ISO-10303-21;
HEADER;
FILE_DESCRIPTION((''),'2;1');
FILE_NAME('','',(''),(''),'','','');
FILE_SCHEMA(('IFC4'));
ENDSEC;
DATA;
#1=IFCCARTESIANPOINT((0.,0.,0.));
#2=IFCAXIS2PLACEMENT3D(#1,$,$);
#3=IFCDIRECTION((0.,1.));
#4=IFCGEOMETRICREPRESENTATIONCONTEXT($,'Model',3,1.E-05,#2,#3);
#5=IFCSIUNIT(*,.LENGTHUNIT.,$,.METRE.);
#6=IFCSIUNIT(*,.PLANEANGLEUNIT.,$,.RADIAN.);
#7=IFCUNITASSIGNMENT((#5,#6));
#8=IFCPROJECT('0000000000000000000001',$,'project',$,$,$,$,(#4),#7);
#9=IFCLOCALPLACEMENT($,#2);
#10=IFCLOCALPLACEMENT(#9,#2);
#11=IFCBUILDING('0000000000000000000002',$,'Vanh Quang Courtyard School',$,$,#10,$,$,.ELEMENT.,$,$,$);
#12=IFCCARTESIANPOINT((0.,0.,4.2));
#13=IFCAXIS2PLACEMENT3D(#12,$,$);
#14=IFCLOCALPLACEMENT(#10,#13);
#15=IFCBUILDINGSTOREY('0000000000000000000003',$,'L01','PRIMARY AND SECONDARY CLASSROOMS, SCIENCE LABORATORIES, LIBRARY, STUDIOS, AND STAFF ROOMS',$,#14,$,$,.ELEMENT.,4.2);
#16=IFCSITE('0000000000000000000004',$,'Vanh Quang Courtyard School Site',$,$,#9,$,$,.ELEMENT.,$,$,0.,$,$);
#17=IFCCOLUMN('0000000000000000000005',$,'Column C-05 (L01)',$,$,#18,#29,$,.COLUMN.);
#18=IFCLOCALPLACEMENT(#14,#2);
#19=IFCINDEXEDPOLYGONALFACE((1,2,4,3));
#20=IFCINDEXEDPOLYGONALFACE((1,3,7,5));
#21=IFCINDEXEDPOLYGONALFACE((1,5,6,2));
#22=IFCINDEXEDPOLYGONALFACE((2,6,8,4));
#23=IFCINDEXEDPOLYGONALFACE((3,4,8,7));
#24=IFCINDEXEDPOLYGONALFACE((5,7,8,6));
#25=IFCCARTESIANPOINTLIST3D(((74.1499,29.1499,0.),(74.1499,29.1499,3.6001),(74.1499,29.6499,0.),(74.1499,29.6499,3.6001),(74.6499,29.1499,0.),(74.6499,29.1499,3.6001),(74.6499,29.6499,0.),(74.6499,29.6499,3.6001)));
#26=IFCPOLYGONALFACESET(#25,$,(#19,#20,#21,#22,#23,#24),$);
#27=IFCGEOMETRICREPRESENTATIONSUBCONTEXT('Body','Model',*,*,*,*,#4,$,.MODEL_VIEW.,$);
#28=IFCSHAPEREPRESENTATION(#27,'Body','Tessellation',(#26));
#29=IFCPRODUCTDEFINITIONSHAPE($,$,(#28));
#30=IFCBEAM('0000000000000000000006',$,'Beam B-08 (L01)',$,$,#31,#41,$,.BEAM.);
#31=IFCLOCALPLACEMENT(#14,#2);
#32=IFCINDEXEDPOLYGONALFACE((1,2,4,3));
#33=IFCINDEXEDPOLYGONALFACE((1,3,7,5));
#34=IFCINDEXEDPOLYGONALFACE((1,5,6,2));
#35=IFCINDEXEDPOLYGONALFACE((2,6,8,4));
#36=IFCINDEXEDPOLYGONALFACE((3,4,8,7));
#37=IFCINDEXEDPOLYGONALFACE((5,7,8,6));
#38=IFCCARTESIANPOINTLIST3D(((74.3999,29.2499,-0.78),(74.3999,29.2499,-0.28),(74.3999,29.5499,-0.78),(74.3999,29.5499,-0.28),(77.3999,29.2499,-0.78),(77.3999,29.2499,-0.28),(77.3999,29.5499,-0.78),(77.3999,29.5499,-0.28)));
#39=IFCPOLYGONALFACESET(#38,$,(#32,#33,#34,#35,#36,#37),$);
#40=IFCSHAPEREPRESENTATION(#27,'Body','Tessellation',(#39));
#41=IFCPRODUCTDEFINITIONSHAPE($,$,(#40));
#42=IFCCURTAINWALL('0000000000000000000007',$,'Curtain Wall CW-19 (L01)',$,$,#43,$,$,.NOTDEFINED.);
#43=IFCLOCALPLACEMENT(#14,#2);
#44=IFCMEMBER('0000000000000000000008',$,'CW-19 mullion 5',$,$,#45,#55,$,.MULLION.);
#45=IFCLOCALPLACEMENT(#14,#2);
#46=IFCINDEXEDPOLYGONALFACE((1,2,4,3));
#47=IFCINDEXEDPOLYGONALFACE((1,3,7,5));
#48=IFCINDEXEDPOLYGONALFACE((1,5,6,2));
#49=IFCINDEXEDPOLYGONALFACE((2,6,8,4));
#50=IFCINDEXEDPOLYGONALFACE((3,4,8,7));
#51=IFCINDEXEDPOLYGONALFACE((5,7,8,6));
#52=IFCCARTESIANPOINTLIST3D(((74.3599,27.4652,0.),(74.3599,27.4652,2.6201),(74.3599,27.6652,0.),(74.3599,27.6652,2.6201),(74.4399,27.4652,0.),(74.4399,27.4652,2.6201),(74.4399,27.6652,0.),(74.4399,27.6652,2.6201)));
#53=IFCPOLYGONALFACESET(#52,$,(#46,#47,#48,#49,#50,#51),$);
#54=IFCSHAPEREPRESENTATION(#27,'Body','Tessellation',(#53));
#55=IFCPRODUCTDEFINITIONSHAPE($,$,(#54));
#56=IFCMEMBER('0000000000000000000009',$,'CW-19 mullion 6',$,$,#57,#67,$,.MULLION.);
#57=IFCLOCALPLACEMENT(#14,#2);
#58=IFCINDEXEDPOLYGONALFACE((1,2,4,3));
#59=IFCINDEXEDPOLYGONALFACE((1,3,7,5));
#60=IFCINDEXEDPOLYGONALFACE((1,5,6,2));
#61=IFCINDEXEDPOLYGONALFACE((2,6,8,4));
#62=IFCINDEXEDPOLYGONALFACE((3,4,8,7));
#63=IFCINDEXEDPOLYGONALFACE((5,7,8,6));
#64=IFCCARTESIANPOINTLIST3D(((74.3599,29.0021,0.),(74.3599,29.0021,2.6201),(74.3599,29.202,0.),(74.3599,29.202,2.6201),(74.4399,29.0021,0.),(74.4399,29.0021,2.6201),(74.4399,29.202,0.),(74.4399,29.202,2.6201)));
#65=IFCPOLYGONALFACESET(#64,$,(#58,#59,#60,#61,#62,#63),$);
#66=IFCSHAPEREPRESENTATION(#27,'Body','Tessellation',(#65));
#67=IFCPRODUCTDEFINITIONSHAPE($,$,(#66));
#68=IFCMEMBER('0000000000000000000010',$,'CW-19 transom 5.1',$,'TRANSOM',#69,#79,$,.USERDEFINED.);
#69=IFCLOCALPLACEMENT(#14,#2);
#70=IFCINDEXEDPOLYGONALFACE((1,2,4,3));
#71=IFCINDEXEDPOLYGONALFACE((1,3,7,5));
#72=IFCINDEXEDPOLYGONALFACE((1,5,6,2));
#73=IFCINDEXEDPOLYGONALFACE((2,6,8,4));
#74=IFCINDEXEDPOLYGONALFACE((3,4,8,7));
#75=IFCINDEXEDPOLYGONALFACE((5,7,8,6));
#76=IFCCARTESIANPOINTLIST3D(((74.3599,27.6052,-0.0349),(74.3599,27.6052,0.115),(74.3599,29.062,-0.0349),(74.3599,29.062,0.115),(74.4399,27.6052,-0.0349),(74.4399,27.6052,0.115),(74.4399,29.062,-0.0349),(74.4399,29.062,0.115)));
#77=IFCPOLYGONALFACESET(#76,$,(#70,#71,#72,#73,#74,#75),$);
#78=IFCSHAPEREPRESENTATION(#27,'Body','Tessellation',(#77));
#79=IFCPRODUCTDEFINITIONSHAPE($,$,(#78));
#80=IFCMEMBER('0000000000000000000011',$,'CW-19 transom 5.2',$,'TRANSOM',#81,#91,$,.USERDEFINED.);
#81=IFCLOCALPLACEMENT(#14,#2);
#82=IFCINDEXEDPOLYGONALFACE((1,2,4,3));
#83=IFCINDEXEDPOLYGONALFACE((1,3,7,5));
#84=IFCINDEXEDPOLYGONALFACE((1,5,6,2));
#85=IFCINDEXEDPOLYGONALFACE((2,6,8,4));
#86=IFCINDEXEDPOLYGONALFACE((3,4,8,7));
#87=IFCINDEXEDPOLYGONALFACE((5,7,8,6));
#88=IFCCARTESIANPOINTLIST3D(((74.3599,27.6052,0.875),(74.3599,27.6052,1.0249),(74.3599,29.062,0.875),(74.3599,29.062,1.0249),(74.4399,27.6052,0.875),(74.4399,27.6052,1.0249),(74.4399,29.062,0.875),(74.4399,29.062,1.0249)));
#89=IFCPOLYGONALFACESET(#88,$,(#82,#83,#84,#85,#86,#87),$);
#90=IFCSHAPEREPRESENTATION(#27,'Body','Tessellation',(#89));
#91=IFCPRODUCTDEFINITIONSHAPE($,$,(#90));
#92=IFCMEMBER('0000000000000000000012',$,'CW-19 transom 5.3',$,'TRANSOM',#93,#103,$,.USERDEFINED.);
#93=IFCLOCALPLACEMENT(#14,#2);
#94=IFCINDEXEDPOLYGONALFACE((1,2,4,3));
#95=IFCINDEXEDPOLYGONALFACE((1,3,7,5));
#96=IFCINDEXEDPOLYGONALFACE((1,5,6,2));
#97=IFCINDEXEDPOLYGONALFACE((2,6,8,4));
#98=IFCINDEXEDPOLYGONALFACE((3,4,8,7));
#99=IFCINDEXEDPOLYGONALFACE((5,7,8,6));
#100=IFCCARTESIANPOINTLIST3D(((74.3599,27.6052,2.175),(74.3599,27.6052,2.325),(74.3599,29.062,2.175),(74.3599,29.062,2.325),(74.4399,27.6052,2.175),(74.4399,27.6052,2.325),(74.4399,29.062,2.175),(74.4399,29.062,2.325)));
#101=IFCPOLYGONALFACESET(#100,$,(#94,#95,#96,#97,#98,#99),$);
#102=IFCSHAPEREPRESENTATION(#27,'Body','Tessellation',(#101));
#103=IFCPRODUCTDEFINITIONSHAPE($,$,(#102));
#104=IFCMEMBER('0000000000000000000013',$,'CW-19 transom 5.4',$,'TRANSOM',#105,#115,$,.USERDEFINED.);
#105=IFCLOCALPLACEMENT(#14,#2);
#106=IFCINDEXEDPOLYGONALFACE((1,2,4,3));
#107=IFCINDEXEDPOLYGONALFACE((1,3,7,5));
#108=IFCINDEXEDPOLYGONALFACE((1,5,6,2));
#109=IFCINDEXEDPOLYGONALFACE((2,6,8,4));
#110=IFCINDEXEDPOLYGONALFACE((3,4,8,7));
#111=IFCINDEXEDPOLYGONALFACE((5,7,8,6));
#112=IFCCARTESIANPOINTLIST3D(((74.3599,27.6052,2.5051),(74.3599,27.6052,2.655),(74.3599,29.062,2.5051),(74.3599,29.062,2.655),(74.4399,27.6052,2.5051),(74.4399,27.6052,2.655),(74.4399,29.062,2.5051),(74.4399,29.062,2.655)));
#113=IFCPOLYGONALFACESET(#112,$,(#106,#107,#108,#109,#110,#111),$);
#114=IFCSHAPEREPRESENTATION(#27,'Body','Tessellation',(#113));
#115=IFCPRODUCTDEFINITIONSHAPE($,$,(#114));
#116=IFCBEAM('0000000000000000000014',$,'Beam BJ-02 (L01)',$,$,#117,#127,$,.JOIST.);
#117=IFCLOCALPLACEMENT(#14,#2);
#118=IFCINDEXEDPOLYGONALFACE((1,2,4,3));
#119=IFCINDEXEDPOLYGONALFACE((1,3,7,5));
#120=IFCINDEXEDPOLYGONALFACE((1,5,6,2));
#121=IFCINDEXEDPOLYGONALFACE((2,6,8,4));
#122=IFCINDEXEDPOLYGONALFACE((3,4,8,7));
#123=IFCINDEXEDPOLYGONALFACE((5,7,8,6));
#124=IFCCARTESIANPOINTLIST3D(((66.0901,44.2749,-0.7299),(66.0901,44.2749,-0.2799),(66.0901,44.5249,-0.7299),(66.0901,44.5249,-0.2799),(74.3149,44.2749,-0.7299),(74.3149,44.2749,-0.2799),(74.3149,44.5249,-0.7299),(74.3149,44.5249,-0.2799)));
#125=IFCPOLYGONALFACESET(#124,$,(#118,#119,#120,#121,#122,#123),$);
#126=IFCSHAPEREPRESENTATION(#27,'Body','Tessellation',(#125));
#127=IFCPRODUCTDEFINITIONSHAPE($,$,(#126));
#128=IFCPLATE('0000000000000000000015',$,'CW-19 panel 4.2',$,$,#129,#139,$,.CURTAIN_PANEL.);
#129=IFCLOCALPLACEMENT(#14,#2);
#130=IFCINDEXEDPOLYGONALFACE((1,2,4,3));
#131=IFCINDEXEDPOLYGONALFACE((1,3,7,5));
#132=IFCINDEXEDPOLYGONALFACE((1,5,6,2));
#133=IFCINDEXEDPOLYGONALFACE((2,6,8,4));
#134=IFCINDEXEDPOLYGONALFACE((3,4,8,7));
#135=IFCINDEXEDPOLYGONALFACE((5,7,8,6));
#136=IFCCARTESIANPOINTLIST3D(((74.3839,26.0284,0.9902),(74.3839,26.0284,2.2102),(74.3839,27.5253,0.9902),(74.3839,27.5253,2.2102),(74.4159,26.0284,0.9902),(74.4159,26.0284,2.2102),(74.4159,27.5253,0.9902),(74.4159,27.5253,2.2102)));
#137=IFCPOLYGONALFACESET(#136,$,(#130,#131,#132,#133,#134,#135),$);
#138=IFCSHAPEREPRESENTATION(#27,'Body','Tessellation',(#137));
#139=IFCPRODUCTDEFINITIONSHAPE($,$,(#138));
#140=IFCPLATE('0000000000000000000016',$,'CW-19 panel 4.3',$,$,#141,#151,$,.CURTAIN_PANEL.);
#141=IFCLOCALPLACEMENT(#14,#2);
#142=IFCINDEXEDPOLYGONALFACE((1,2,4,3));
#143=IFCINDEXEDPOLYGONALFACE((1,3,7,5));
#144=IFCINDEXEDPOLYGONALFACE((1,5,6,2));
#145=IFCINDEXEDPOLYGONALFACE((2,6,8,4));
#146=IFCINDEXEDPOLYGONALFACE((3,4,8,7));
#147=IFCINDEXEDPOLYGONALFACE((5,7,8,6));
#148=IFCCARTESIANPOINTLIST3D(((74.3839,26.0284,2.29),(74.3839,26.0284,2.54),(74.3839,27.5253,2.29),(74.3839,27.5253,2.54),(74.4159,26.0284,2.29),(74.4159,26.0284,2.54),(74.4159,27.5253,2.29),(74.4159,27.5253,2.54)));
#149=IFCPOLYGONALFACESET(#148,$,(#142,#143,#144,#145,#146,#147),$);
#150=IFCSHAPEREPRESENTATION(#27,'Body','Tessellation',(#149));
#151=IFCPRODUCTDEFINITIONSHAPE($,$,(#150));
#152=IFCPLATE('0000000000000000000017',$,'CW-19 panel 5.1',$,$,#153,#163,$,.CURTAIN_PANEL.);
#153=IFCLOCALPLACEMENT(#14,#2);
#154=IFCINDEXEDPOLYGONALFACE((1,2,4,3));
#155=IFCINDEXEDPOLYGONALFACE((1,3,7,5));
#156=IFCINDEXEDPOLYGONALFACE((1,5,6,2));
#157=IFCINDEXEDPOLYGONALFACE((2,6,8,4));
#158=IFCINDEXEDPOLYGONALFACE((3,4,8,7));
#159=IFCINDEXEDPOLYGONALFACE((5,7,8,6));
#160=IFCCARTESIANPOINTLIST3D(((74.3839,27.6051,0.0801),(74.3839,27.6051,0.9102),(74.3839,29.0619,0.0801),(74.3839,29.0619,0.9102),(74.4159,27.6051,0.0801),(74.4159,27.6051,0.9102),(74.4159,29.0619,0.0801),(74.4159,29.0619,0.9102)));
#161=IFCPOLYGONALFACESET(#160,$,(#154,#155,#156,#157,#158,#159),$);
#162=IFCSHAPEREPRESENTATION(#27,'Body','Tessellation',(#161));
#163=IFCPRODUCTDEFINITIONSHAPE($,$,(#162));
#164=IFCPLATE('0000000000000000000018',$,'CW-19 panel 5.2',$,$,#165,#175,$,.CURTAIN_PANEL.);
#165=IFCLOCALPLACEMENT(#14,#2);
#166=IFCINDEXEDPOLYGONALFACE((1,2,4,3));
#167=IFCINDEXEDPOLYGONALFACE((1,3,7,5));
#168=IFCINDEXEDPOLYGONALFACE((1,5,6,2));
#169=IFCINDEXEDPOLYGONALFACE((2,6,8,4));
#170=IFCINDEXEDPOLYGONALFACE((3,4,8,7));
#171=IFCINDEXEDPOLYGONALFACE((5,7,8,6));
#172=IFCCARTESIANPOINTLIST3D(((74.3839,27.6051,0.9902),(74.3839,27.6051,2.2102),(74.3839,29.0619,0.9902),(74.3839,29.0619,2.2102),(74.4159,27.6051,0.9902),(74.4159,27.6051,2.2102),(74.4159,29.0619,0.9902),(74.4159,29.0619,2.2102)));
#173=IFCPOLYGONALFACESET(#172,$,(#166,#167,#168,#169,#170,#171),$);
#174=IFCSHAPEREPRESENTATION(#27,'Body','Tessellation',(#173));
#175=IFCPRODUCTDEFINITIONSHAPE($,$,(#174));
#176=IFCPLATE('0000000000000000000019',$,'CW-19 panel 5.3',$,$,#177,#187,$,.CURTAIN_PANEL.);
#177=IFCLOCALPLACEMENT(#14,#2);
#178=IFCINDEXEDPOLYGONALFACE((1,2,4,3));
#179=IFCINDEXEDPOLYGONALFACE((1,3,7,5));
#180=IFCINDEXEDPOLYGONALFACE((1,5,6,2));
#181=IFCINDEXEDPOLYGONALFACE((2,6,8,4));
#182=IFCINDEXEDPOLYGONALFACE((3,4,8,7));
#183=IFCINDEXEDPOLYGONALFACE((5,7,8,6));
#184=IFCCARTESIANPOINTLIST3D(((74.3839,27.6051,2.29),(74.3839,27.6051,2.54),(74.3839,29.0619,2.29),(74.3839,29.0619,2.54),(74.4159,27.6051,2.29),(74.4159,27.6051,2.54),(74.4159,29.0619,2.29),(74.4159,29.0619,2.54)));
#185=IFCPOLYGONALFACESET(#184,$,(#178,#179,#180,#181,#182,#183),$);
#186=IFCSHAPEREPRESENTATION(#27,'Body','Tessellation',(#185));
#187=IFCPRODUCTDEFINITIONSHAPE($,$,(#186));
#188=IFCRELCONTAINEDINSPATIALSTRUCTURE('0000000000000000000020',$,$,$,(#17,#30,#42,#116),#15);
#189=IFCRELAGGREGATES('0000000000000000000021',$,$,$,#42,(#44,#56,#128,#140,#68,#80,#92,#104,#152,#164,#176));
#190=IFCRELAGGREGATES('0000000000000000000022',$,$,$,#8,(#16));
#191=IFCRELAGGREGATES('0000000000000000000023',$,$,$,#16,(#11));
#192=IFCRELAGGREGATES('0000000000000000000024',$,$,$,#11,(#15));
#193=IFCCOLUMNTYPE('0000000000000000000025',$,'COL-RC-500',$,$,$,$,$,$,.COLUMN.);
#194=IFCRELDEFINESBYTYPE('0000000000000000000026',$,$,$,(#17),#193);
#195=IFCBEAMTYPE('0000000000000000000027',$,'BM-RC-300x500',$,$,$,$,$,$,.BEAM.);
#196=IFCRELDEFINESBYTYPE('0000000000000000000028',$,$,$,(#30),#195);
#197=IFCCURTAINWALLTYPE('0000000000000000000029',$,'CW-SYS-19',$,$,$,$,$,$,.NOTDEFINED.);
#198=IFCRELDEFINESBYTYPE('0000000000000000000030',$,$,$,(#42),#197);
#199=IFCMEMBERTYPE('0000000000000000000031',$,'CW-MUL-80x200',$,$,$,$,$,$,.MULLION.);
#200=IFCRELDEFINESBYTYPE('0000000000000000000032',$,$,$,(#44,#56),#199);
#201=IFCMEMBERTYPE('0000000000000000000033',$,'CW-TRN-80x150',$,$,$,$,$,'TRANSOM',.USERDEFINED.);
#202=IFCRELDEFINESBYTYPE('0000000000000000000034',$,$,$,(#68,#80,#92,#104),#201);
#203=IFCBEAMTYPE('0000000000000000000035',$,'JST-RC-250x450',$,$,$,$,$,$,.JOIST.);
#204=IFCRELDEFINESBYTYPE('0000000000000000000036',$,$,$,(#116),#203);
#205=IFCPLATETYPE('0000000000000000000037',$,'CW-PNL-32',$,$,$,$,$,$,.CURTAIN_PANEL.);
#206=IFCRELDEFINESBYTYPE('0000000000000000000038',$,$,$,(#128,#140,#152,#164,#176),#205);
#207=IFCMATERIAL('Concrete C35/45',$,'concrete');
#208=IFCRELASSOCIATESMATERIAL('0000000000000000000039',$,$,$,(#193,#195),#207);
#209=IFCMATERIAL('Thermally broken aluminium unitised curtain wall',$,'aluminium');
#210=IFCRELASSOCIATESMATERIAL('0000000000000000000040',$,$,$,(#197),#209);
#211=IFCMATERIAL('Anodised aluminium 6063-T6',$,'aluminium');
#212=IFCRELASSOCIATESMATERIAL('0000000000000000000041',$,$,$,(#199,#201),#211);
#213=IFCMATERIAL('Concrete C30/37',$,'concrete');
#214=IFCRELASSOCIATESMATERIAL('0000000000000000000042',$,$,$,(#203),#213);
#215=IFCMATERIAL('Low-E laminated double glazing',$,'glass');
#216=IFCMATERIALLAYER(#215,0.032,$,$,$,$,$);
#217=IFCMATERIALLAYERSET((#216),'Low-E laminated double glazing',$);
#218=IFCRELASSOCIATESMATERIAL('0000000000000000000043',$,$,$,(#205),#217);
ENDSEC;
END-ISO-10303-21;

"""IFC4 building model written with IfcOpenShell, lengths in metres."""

from ifc_helpers import new_model, si_unit, direction, frame, origin, origin_2d, place, context, subcontext, project, spatial, rectangle, extrude, material, layer, layer_set, material_profile, profile_set, type_object, element, aggregate, save


model = new_model("IFC4")

# Units and contexts
model_context = context("Model", 3, precision=1e-05, world=origin(), true_north=direction((0.0, 1.0)))
body_context = subcontext(model_context, "Body", "Model", "MODEL_VIEW")
ifc_project = project(units=[si_unit("LENGTHUNIT", "METRE"), si_unit("PLANEANGLEUNIT", "RADIAN")], contexts=[model_context])

# Site, building, storey
site_placement = place(None, origin())
site = spatial("IfcSite", under=ifc_project, at=site_placement, Name="Vanh Quang Courtyard School Site", CompositionType="ELEMENT", RefElevation=0.0)
building_placement = place(site_placement, origin())
building = spatial("IfcBuilding", under=site, at=building_placement, Name="Vanh Quang Courtyard School", CompositionType="ELEMENT")
storey_placement = place(building_placement, frame((0.0, 0.0, 4.2)))
storey = spatial("IfcBuildingStorey", under=building, at=storey_placement, Name="L01", Description="PRIMARY AND SECONDARY CLASSROOMS, SCIENCE LABORATORIES, LIBRARY, STUDIOS, AND STAFF ROOMS", CompositionType="ELEMENT", Elevation=4.2)

# Column
ifc_material_1 = material(Name="Concrete C35/45", Category="concrete")
ifc_material_profile_1 = material_profile(ifc_material_1, rectangle(XDim=0.5, YDim=0.5, at=origin_2d()), Name="RC-COL 500x500")
ifc_profile_set_1 = profile_set([ifc_material_profile_1], Name="Concrete C35/45")
column_type = type_object("IfcColumnType", Name="COL-RC-500", PredefinedType="COLUMN", material=ifc_profile_set_1)
column_placement = place(storey_placement, frame((74.3999, 29.3999, 0.0), z_axis=(0.0, 0.0, 1.0), x_axis=(1.0, 0.0, 0.0)))
element("IfcColumn", 1, at=column_placement, inside=storey, type_object=column_type, Name="Column C-05 (L01)", PredefinedType="COLUMN", context=body_context, shape_type="SweptSolid", body=[
    extrude(rectangle(XDim=0.5, YDim=0.5, at=origin_2d()), origin(), (0.0, 0.0, 1.0), 3.6001),
])

# Beam
ifc_material_profile_2 = material_profile(ifc_material_1, rectangle(XDim=0.3, YDim=0.5, at=origin_2d()), Name="RC-BM 300x500")
ifc_profile_set_2 = profile_set([ifc_material_profile_2], Name="Concrete C35/45")
beam_type_1 = type_object("IfcBeamType", Name="BM-RC-300x500", PredefinedType="BEAM", material=ifc_profile_set_2)
beam_1_placement = place(storey_placement, frame((74.3999, 29.3999, -0.53), z_axis=(1.0, 0.0, 0.0), x_axis=(0.0, 1.0, 0.0)))
element("IfcBeam", 2, at=beam_1_placement, inside=storey, type_object=beam_type_1, Name="Beam B-08 (L01)", PredefinedType="BEAM", context=body_context, shape_type="SweptSolid", body=[
    extrude(rectangle(XDim=0.3, YDim=0.5, at=origin_2d()), origin(), (0.0, 0.0, 1.0), 3.0),
])

# Curtain wall, members
ifc_material_2 = material(Name="Thermally broken aluminium unitised curtain wall", Category="aluminium")
curtain_wall_type = type_object("IfcCurtainWallType", Name="CW-SYS-19", PredefinedType="NOTDEFINED", material=ifc_material_2)
curtain_wall_placement = place(storey_placement, origin())
curtain_wall = element("IfcCurtainWall", 3, at=curtain_wall_placement, inside=storey, type_object=curtain_wall_type, Name="Curtain Wall CW-19 (L01)", PredefinedType="NOTDEFINED")
ifc_material_3 = material(Name="Anodised aluminium 6063-T6", Category="aluminium")
ifc_material_profile_3 = material_profile(ifc_material_3, rectangle(XDim=0.0801, YDim=0.2, at=origin_2d()), Name="ALU-MUL 80x200")
ifc_profile_set_3 = profile_set([ifc_material_profile_3], Name="Anodised aluminium 6063-T6")
member_type_1 = type_object("IfcMemberType", Name="CW-MUL-80x200", PredefinedType="MULLION", material=ifc_profile_set_3)
member_1_placement = place(storey_placement, frame((74.3999, 27.5652, 0.0), z_axis=(0.0, 0.0, 1.0), x_axis=(-1.0, 0.0, 0.0)))
member_1 = element("IfcMember", 4, at=member_1_placement, type_object=member_type_1, Name="CW-19 mullion 5", PredefinedType="MULLION", context=body_context, shape_type="SweptSolid", body=[
    extrude(rectangle(XDim=0.0801, YDim=0.2, at=origin_2d()), origin(), (0.0, 0.0, 1.0), 2.6201),
])
member_2_placement = place(storey_placement, frame((74.3999, 29.1021, 0.0), z_axis=(0.0, 0.0, 1.0), x_axis=(-1.0, 0.0, 0.0)))
member_2 = element("IfcMember", 5, at=member_2_placement, type_object=member_type_1, Name="CW-19 mullion 6", PredefinedType="MULLION", context=body_context, shape_type="SweptSolid", body=[
    extrude(rectangle(XDim=0.0801, YDim=0.2, at=origin_2d()), origin(), (0.0, 0.0, 1.0), 2.6201),
])
ifc_material_profile_4 = material_profile(ifc_material_3, rectangle(XDim=0.0801, YDim=0.1499, at=origin_2d()), Name="ALU-TRN 80x150")
ifc_profile_set_4 = profile_set([ifc_material_profile_4], Name="Anodised aluminium 6063-T6")
member_type_2 = type_object("IfcMemberType", Name="CW-TRN-80x150", ElementType="TRANSOM", PredefinedType="USERDEFINED", material=ifc_profile_set_4)
member_3_placement = place(storey_placement, frame((74.3999, 27.6052, 0.04), z_axis=(0.0, 1.0, 0.0), x_axis=(-1.0, 0.0, 0.0)))
member_3 = element("IfcMember", 6, at=member_3_placement, type_object=member_type_2, Name="CW-19 transom 5.1", ObjectType="TRANSOM", PredefinedType="USERDEFINED", context=body_context, shape_type="SweptSolid", body=[
    extrude(rectangle(XDim=0.0801, YDim=0.1499, at=origin_2d()), origin(), (0.0, 0.0, 1.0), 1.4568),
])
member_4_placement = place(storey_placement, frame((74.3999, 27.6052, 0.95), z_axis=(0.0, 1.0, 0.0), x_axis=(-1.0, 0.0, 0.0)))
member_4 = element("IfcMember", 7, at=member_4_placement, type_object=member_type_2, Name="CW-19 transom 5.2", ObjectType="TRANSOM", PredefinedType="USERDEFINED", context=body_context, shape_type="SweptSolid", body=[
    extrude(rectangle(XDim=0.0801, YDim=0.1499, at=origin_2d()), origin(), (0.0, 0.0, 1.0), 1.4568),
])
member_5_placement = place(storey_placement, frame((74.3999, 27.6052, 2.25), z_axis=(0.0, 1.0, 0.0), x_axis=(-1.0, 0.0, 0.0)))
member_5 = element("IfcMember", 8, at=member_5_placement, type_object=member_type_2, Name="CW-19 transom 5.3", ObjectType="TRANSOM", PredefinedType="USERDEFINED", context=body_context, shape_type="SweptSolid", body=[
    extrude(rectangle(XDim=0.0801, YDim=0.1499, at=origin_2d()), origin(), (0.0, 0.0, 1.0), 1.4568),
])
member_6_placement = place(storey_placement, frame((74.3999, 27.6052, 2.5801), z_axis=(0.0, 1.0, 0.0), x_axis=(-1.0, 0.0, 0.0)))
member_6 = element("IfcMember", 9, at=member_6_placement, type_object=member_type_2, Name="CW-19 transom 5.4", ObjectType="TRANSOM", PredefinedType="USERDEFINED", context=body_context, shape_type="SweptSolid", body=[
    extrude(rectangle(XDim=0.0801, YDim=0.1499, at=origin_2d()), origin(), (0.0, 0.0, 1.0), 1.4568),
])

# Beam
ifc_material_4 = material(Name="Concrete C30/37", Category="concrete")
ifc_material_profile_5 = material_profile(ifc_material_4, rectangle(XDim=0.25, YDim=0.45, at=origin_2d()), Name="RC-JST 250x450")
ifc_profile_set_5 = profile_set([ifc_material_profile_5], Name="Concrete C30/37")
beam_type_2 = type_object("IfcBeamType", Name="JST-RC-250x450", PredefinedType="JOIST", material=ifc_profile_set_5)
beam_2_placement = place(storey_placement, frame((66.0901, 44.3999, -0.5049), z_axis=(1.0, 0.0, 0.0), x_axis=(0.0, 1.0, 0.0)))
element("IfcBeam", 10, at=beam_2_placement, inside=storey, type_object=beam_type_2, Name="Beam BJ-02 (L01)", PredefinedType="JOIST", context=body_context, shape_type="SweptSolid", body=[
    extrude(rectangle(XDim=0.25, YDim=0.45, at=origin_2d()), origin(), (0.0, 0.0, 1.0), 8.2249),
])

# Plates
ifc_material_5 = material(Name="Low-E laminated double glazing", Category="glass")
ifc_layer_1 = layer(ifc_material_5, 0.032)
ifc_layer_set_1 = layer_set([ifc_layer_1], Name="Low-E laminated double glazing")
plate_type = type_object("IfcPlateType", Name="CW-PNL-32", PredefinedType="CURTAIN_PANEL", material=ifc_layer_set_1)
plate_1_placement = place(storey_placement, frame((74.3999, 26.7769, 0.9902), z_axis=(0.0, 0.0, 1.0), x_axis=(0.0, 1.0, 0.0)))
plate_1 = element("IfcPlate", 11, at=plate_1_placement, type_object=plate_type, Name="CW-19 panel 4.2", PredefinedType="CURTAIN_PANEL", context=body_context, shape_type="SweptSolid", body=[
    extrude(rectangle(XDim=1.4968, YDim=0.032, at=origin_2d()), origin(), (0.0, 0.0, 1.0), 1.22),
])
plate_2_placement = place(storey_placement, frame((74.3999, 26.7769, 2.29), z_axis=(0.0, 0.0, 1.0), x_axis=(0.0, 1.0, 0.0)))
plate_2 = element("IfcPlate", 12, at=plate_2_placement, type_object=plate_type, Name="CW-19 panel 4.3", PredefinedType="CURTAIN_PANEL", context=body_context, shape_type="SweptSolid", body=[
    extrude(rectangle(XDim=1.4968, YDim=0.032, at=origin_2d()), origin(), (0.0, 0.0, 1.0), 0.25),
])
plate_3_placement = place(storey_placement, frame((74.3999, 28.3335, 0.0801), z_axis=(0.0, 0.0, 1.0), x_axis=(0.0, 1.0, 0.0)))
plate_3 = element("IfcPlate", 13, at=plate_3_placement, type_object=plate_type, Name="CW-19 panel 5.1", PredefinedType="CURTAIN_PANEL", context=body_context, shape_type="SweptSolid", body=[
    extrude(rectangle(XDim=1.4568, YDim=0.032, at=origin_2d()), origin(), (0.0, 0.0, 1.0), 0.8301),
])
plate_4_placement = place(storey_placement, frame((74.3999, 28.3335, 0.9902), z_axis=(0.0, 0.0, 1.0), x_axis=(0.0, 1.0, 0.0)))
plate_4 = element("IfcPlate", 14, at=plate_4_placement, type_object=plate_type, Name="CW-19 panel 5.2", PredefinedType="CURTAIN_PANEL", context=body_context, shape_type="SweptSolid", body=[
    extrude(rectangle(XDim=1.4568, YDim=0.032, at=origin_2d()), origin(), (0.0, 0.0, 1.0), 1.22),
])
plate_5_placement = place(storey_placement, frame((74.3999, 28.3335, 2.29), z_axis=(0.0, 0.0, 1.0), x_axis=(0.0, 1.0, 0.0)))
plate_5 = element("IfcPlate", 15, at=plate_5_placement, type_object=plate_type, Name="CW-19 panel 5.3", PredefinedType="CURTAIN_PANEL", context=body_context, shape_type="SweptSolid", body=[
    extrude(rectangle(XDim=1.4568, YDim=0.032, at=origin_2d()), origin(), (0.0, 0.0, 1.0), 0.25),
])
aggregate(curtain_wall, [member_1, member_2, plate_1, plate_2, member_3, member_4, member_5, member_6, plate_3, plate_4, plate_5])

save(model, "model.ifc")
